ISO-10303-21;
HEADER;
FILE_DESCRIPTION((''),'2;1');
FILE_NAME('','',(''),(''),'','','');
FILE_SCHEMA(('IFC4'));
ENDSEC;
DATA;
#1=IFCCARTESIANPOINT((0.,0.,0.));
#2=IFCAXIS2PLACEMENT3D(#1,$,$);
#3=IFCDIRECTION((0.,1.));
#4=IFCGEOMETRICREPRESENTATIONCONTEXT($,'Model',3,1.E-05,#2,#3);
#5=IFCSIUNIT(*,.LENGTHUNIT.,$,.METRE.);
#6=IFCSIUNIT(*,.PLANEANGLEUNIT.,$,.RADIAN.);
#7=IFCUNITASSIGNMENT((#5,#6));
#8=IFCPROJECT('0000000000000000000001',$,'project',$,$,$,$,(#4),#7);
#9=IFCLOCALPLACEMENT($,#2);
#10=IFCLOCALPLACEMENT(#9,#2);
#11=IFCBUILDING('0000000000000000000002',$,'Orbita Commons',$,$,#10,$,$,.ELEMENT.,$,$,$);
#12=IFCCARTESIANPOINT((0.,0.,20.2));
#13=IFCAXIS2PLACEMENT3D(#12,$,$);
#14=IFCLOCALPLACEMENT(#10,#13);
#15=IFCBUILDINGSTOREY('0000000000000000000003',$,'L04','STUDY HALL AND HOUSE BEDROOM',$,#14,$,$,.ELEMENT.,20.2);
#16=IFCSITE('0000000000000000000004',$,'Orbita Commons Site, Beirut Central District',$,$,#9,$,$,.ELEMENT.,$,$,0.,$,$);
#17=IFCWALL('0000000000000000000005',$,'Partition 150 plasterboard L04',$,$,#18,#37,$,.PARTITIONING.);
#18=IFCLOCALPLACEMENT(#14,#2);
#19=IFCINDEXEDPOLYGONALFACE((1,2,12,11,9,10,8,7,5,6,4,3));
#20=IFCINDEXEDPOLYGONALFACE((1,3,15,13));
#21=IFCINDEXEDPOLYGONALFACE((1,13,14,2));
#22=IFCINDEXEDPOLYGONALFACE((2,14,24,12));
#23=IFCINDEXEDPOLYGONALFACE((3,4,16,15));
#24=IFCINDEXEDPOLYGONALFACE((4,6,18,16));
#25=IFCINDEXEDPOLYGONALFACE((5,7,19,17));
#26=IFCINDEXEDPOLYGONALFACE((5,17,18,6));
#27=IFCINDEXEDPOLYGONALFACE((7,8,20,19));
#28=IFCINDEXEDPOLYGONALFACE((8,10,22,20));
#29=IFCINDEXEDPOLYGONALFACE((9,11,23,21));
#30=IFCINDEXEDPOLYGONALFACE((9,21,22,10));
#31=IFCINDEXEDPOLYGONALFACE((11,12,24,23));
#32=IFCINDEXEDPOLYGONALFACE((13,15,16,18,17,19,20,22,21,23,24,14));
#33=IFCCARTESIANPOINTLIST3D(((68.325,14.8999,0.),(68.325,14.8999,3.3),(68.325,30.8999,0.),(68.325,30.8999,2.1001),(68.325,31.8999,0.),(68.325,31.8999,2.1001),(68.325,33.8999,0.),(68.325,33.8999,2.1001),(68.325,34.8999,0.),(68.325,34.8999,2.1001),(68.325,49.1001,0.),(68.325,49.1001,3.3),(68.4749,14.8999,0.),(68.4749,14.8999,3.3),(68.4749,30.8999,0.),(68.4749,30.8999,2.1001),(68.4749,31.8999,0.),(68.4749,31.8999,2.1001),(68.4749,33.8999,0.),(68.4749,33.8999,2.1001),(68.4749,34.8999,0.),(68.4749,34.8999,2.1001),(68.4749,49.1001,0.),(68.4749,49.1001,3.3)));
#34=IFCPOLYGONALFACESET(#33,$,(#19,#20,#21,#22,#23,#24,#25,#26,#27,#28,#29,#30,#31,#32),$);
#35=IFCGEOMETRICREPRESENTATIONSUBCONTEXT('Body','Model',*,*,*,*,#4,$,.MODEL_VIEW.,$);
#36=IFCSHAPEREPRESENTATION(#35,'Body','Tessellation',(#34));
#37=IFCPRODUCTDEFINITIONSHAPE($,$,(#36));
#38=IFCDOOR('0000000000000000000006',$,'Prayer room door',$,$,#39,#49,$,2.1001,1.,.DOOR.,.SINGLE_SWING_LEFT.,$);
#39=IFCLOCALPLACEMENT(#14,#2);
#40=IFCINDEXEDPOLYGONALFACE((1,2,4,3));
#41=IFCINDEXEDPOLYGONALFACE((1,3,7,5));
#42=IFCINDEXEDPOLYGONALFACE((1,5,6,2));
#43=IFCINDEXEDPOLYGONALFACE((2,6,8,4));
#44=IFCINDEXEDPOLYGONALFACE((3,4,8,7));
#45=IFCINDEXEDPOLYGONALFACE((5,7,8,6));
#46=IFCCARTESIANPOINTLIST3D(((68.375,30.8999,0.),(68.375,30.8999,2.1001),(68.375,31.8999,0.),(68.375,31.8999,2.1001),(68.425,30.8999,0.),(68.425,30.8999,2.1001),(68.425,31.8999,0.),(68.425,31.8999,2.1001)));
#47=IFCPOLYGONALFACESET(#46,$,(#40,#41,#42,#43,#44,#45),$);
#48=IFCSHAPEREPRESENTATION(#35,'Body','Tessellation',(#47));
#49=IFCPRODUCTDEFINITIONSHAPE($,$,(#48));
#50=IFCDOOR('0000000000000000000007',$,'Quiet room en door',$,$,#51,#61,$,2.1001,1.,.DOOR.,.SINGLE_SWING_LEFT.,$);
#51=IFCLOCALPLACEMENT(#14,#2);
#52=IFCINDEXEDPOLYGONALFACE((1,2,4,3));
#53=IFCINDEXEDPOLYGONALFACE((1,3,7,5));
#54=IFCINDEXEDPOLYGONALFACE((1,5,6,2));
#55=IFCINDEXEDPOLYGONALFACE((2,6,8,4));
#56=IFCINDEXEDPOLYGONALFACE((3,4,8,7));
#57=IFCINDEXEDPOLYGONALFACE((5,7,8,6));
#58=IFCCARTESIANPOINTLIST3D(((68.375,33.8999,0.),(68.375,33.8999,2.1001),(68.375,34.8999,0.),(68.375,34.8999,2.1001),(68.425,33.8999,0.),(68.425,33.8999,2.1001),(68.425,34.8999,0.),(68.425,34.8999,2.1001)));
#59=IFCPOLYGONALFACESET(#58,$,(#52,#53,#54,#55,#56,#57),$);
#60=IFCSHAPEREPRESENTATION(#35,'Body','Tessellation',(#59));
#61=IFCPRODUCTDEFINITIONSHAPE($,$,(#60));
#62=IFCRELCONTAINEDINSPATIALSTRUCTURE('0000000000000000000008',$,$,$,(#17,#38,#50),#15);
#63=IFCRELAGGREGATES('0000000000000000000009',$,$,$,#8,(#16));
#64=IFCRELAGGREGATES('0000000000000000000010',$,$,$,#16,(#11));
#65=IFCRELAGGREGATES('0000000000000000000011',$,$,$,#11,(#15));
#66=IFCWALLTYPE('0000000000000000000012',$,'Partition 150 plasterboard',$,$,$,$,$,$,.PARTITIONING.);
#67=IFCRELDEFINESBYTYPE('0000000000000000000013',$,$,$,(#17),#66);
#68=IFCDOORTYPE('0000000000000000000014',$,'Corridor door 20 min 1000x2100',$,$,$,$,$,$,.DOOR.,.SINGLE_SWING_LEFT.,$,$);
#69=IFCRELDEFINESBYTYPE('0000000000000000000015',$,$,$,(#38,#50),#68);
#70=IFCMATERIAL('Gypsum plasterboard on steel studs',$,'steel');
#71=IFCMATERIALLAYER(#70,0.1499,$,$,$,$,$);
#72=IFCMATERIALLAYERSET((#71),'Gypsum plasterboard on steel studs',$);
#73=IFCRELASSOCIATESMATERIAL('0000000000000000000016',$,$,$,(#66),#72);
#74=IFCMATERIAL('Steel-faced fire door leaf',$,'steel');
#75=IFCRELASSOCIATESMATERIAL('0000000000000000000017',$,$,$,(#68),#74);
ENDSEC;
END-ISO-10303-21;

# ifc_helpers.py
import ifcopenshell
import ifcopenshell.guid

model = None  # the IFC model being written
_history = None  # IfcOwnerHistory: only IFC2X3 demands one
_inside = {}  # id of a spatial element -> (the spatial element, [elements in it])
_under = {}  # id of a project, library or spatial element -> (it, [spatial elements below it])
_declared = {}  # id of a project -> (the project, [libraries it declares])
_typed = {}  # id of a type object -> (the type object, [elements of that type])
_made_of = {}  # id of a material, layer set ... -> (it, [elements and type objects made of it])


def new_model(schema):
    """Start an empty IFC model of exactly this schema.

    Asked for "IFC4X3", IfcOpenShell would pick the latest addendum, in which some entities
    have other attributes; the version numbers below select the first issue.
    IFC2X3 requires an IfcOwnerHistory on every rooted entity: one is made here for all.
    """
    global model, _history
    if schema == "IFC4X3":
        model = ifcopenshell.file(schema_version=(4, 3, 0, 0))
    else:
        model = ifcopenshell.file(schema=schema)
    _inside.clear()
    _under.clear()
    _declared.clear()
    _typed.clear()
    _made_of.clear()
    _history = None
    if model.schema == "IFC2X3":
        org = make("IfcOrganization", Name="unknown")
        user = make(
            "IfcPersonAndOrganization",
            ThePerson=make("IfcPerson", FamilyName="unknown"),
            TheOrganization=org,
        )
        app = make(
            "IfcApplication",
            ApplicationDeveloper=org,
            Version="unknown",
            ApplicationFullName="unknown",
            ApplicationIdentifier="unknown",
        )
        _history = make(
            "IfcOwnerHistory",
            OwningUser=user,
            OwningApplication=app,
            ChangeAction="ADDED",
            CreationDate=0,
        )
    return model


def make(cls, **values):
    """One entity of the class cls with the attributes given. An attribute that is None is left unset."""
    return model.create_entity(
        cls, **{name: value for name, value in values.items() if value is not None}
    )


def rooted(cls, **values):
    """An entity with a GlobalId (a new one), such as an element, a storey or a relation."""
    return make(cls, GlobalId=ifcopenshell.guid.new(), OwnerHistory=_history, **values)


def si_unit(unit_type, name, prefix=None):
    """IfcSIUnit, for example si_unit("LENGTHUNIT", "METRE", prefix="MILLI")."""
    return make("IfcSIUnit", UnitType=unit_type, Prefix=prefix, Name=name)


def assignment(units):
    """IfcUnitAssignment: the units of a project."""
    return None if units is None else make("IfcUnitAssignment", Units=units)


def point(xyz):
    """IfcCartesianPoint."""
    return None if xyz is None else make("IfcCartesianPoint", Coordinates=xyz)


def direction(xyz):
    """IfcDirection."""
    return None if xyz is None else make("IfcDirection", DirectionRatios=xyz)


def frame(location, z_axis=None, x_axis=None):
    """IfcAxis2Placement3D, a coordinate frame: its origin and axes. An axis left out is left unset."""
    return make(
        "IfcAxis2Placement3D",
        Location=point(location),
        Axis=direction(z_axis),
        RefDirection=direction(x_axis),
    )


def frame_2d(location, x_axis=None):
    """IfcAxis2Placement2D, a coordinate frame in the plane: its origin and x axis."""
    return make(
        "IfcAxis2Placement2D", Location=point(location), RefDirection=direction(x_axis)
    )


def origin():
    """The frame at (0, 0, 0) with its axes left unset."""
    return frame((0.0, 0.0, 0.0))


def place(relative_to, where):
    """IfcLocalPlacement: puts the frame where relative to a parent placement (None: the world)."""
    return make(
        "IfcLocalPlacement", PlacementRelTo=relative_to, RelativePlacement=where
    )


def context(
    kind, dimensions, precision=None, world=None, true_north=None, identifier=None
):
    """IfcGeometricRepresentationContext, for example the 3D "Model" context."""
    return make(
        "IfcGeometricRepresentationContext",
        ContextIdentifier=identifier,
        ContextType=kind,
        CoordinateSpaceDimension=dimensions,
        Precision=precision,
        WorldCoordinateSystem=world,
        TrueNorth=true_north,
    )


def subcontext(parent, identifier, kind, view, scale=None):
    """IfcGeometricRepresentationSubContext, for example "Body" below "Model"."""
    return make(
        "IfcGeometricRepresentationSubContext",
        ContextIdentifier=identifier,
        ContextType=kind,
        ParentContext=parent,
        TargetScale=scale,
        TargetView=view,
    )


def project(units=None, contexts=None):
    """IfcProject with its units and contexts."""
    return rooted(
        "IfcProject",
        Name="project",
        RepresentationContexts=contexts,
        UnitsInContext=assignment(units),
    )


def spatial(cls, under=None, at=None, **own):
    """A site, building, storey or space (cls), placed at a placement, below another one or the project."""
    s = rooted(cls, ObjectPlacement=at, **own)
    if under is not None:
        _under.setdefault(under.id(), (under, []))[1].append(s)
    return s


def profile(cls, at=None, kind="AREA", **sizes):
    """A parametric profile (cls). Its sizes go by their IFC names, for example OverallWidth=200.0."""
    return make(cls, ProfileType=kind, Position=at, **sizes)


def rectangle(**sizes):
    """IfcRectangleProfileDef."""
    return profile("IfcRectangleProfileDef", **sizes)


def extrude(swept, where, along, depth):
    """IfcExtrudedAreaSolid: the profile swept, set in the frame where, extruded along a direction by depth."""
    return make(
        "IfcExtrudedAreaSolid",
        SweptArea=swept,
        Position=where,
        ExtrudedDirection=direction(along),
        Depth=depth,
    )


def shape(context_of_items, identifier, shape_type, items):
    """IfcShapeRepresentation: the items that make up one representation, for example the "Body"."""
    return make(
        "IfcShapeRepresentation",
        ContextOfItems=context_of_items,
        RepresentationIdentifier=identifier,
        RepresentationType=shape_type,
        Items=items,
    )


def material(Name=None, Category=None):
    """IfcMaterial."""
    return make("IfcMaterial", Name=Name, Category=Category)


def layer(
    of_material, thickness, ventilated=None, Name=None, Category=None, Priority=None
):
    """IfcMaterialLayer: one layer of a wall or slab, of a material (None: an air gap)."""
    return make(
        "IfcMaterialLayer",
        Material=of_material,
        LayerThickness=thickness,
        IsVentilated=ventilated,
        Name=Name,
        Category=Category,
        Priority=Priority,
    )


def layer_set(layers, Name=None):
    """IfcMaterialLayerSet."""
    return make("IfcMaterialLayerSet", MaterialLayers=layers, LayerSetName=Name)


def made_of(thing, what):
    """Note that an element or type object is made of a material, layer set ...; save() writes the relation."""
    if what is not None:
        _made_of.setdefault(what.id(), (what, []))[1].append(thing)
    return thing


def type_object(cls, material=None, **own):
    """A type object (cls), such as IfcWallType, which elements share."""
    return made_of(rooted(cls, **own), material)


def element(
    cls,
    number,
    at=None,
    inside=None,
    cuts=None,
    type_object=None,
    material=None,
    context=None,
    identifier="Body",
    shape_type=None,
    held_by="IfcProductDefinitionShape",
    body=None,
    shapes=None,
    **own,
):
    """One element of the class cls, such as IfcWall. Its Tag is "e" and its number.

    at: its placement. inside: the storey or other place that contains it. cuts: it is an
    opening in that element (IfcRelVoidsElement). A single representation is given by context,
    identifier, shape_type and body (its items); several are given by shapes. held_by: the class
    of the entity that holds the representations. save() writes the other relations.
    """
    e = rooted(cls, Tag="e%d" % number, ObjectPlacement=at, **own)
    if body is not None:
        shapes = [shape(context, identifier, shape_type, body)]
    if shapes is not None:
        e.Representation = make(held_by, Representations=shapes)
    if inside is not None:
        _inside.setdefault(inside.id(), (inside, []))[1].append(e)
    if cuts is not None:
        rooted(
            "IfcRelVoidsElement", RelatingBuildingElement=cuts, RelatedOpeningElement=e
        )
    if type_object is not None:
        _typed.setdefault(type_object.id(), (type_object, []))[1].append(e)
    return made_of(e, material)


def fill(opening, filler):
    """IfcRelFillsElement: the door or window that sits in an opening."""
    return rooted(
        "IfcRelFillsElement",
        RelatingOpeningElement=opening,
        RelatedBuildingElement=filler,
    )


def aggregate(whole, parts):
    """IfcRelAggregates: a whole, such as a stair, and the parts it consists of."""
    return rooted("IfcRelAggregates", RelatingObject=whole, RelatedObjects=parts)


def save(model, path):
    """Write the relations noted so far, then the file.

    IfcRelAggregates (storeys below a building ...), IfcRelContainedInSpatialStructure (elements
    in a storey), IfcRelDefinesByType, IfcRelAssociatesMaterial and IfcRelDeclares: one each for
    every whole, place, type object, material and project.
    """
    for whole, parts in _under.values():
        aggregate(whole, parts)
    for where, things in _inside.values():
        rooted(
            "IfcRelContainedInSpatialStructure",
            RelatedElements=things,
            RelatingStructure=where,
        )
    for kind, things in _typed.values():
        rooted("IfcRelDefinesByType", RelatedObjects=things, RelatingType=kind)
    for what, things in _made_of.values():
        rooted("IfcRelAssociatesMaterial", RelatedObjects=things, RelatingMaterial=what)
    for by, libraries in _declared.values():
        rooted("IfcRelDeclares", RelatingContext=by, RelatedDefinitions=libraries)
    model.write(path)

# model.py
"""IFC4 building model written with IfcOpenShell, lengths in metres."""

from ifc_helpers import new_model, si_unit, direction, frame, frame_2d, origin, place, context, subcontext, project, spatial, rectangle, extrude, material, layer, layer_set, type_object, element, fill, save


model = new_model("IFC4")

# Units and contexts
model_context = context("Model", 3, precision=1e-05, world=origin(), true_north=direction((0.0, 1.0)))
body_context = subcontext(model_context, "Body", "Model", "MODEL_VIEW")
ifc_project = project(units=[si_unit("LENGTHUNIT", "METRE"), si_unit("PLANEANGLEUNIT", "RADIAN")], contexts=[model_context])

# Site, building, storey
site_placement = place(None, origin())
site = spatial("IfcSite", under=ifc_project, at=site_placement, Name="Orbita Commons Site, Beirut Central District", CompositionType="ELEMENT", RefElevation=0.0)
building_placement = place(site_placement, origin())
building = spatial("IfcBuilding", under=site, at=building_placement, Name="Orbita Commons", CompositionType="ELEMENT")
storey_placement = place(building_placement, frame((0.0, 0.0, 20.2)))
storey = spatial("IfcBuildingStorey", under=building, at=storey_placement, Name="L04", Description="STUDY HALL AND HOUSE BEDROOM", CompositionType="ELEMENT", Elevation=20.2)

# Wall, openings, doors
ifc_material_1 = material(Name="Gypsum plasterboard on steel studs", Category="steel")
ifc_layer_1 = layer(ifc_material_1, 0.1499)
ifc_layer_set_1 = layer_set([ifc_layer_1], Name="Gypsum plasterboard on steel studs")
wall_type_1 = type_object("IfcWallType", Name="Partition 150 plasterboard", PredefinedType="PARTITIONING", material=ifc_layer_set_1)
wall_1_placement = place(storey_placement, frame((68.3999, 14.8999, 0.0), z_axis=(0.0, 0.0, 1.0), x_axis=(0.0, 1.0, 0.0)))
wall_1 = element("IfcWall", 1, at=wall_1_placement, inside=storey, type_object=wall_type_1, Name="Partition 150 plasterboard L04", PredefinedType="PARTITIONING", context=body_context, shape_type="SweptSolid", body=[
    extrude(rectangle(XDim=34.2002, YDim=0.1499, at=frame_2d((17.1001, 0.0))), origin(), (0.0, 0.0, 1.0), 3.3),
])
opening_1_placement = place(wall_1_placement, frame((16.0, 0.0, 0.0)))
opening_1 = element("IfcOpeningElement", 2, at=opening_1_placement, cuts=wall_1, PredefinedType="OPENING", context=body_context, shape_type="SweptSolid", body=[
    extrude(rectangle(XDim=1.0, YDim=2.1001, at=frame_2d((0.5, 1.05))), frame((0.0, 0.085, 0.0), z_axis=(0.0, -1.0, 0.0), x_axis=(1.0, 0.0, 0.0)), (0.0, 0.0, 1.0), 0.1699),
])
opening_2_placement = place(wall_1_placement, frame((19.0, 0.0, 0.0)))
opening_2 = element("IfcOpeningElement", 3, at=opening_2_placement, cuts=wall_1, PredefinedType="OPENING", context=body_context, shape_type="SweptSolid", body=[
    extrude(rectangle(XDim=1.0, YDim=2.1001, at=frame_2d((0.5, 1.05))), frame((0.0, 0.085, 0.0), z_axis=(0.0, -1.0, 0.0), x_axis=(1.0, 0.0, 0.0)), (0.0, 0.0, 1.0), 0.1699),
])
ifc_material_2 = material(Name="Steel-faced fire door leaf", Category="steel")
door_type_1 = type_object("IfcDoorType", Name="Corridor door 20 min 1000x2100", OperationType="SINGLE_SWING_LEFT", PredefinedType="DOOR", material=ifc_material_2)
door_1_placement = place(opening_1_placement, origin())
door_1 = element("IfcDoor", 4, at=door_1_placement, inside=storey, type_object=door_type_1, Name="Prayer room door", OperationType="SINGLE_SWING_LEFT", OverallHeight=2.1001, OverallWidth=1.0, PredefinedType="DOOR", context=body_context, shape_type="SweptSolid", body=[
    extrude(rectangle(XDim=1.0, YDim=2.1001, at=frame_2d((0.5, 1.05))), frame((0.0, 0.0249, 0.0), z_axis=(0.0, -1.0, 0.0), x_axis=(1.0, 0.0, 0.0)), (0.0, 0.0, 1.0), 0.05),
])
fill(opening_1, door_1)
door_2_placement = place(opening_2_placement, origin())
door_2 = element("IfcDoor", 5, at=door_2_placement, inside=storey, type_object=door_type_1, Name="Quiet room en door", OperationType="SINGLE_SWING_LEFT", OverallHeight=2.1001, OverallWidth=1.0, PredefinedType="DOOR", context=body_context, shape_type="SweptSolid", body=[
    extrude(rectangle(XDim=1.0, YDim=2.1001, at=frame_2d((0.5, 1.05))), frame((0.0, 0.0249, 0.0), z_axis=(0.0, -1.0, 0.0), x_axis=(1.0, 0.0, 0.0)), (0.0, 0.0, 1.0), 0.05),
])
fill(opening_2, door_2)

save(model, "model.ifc")
